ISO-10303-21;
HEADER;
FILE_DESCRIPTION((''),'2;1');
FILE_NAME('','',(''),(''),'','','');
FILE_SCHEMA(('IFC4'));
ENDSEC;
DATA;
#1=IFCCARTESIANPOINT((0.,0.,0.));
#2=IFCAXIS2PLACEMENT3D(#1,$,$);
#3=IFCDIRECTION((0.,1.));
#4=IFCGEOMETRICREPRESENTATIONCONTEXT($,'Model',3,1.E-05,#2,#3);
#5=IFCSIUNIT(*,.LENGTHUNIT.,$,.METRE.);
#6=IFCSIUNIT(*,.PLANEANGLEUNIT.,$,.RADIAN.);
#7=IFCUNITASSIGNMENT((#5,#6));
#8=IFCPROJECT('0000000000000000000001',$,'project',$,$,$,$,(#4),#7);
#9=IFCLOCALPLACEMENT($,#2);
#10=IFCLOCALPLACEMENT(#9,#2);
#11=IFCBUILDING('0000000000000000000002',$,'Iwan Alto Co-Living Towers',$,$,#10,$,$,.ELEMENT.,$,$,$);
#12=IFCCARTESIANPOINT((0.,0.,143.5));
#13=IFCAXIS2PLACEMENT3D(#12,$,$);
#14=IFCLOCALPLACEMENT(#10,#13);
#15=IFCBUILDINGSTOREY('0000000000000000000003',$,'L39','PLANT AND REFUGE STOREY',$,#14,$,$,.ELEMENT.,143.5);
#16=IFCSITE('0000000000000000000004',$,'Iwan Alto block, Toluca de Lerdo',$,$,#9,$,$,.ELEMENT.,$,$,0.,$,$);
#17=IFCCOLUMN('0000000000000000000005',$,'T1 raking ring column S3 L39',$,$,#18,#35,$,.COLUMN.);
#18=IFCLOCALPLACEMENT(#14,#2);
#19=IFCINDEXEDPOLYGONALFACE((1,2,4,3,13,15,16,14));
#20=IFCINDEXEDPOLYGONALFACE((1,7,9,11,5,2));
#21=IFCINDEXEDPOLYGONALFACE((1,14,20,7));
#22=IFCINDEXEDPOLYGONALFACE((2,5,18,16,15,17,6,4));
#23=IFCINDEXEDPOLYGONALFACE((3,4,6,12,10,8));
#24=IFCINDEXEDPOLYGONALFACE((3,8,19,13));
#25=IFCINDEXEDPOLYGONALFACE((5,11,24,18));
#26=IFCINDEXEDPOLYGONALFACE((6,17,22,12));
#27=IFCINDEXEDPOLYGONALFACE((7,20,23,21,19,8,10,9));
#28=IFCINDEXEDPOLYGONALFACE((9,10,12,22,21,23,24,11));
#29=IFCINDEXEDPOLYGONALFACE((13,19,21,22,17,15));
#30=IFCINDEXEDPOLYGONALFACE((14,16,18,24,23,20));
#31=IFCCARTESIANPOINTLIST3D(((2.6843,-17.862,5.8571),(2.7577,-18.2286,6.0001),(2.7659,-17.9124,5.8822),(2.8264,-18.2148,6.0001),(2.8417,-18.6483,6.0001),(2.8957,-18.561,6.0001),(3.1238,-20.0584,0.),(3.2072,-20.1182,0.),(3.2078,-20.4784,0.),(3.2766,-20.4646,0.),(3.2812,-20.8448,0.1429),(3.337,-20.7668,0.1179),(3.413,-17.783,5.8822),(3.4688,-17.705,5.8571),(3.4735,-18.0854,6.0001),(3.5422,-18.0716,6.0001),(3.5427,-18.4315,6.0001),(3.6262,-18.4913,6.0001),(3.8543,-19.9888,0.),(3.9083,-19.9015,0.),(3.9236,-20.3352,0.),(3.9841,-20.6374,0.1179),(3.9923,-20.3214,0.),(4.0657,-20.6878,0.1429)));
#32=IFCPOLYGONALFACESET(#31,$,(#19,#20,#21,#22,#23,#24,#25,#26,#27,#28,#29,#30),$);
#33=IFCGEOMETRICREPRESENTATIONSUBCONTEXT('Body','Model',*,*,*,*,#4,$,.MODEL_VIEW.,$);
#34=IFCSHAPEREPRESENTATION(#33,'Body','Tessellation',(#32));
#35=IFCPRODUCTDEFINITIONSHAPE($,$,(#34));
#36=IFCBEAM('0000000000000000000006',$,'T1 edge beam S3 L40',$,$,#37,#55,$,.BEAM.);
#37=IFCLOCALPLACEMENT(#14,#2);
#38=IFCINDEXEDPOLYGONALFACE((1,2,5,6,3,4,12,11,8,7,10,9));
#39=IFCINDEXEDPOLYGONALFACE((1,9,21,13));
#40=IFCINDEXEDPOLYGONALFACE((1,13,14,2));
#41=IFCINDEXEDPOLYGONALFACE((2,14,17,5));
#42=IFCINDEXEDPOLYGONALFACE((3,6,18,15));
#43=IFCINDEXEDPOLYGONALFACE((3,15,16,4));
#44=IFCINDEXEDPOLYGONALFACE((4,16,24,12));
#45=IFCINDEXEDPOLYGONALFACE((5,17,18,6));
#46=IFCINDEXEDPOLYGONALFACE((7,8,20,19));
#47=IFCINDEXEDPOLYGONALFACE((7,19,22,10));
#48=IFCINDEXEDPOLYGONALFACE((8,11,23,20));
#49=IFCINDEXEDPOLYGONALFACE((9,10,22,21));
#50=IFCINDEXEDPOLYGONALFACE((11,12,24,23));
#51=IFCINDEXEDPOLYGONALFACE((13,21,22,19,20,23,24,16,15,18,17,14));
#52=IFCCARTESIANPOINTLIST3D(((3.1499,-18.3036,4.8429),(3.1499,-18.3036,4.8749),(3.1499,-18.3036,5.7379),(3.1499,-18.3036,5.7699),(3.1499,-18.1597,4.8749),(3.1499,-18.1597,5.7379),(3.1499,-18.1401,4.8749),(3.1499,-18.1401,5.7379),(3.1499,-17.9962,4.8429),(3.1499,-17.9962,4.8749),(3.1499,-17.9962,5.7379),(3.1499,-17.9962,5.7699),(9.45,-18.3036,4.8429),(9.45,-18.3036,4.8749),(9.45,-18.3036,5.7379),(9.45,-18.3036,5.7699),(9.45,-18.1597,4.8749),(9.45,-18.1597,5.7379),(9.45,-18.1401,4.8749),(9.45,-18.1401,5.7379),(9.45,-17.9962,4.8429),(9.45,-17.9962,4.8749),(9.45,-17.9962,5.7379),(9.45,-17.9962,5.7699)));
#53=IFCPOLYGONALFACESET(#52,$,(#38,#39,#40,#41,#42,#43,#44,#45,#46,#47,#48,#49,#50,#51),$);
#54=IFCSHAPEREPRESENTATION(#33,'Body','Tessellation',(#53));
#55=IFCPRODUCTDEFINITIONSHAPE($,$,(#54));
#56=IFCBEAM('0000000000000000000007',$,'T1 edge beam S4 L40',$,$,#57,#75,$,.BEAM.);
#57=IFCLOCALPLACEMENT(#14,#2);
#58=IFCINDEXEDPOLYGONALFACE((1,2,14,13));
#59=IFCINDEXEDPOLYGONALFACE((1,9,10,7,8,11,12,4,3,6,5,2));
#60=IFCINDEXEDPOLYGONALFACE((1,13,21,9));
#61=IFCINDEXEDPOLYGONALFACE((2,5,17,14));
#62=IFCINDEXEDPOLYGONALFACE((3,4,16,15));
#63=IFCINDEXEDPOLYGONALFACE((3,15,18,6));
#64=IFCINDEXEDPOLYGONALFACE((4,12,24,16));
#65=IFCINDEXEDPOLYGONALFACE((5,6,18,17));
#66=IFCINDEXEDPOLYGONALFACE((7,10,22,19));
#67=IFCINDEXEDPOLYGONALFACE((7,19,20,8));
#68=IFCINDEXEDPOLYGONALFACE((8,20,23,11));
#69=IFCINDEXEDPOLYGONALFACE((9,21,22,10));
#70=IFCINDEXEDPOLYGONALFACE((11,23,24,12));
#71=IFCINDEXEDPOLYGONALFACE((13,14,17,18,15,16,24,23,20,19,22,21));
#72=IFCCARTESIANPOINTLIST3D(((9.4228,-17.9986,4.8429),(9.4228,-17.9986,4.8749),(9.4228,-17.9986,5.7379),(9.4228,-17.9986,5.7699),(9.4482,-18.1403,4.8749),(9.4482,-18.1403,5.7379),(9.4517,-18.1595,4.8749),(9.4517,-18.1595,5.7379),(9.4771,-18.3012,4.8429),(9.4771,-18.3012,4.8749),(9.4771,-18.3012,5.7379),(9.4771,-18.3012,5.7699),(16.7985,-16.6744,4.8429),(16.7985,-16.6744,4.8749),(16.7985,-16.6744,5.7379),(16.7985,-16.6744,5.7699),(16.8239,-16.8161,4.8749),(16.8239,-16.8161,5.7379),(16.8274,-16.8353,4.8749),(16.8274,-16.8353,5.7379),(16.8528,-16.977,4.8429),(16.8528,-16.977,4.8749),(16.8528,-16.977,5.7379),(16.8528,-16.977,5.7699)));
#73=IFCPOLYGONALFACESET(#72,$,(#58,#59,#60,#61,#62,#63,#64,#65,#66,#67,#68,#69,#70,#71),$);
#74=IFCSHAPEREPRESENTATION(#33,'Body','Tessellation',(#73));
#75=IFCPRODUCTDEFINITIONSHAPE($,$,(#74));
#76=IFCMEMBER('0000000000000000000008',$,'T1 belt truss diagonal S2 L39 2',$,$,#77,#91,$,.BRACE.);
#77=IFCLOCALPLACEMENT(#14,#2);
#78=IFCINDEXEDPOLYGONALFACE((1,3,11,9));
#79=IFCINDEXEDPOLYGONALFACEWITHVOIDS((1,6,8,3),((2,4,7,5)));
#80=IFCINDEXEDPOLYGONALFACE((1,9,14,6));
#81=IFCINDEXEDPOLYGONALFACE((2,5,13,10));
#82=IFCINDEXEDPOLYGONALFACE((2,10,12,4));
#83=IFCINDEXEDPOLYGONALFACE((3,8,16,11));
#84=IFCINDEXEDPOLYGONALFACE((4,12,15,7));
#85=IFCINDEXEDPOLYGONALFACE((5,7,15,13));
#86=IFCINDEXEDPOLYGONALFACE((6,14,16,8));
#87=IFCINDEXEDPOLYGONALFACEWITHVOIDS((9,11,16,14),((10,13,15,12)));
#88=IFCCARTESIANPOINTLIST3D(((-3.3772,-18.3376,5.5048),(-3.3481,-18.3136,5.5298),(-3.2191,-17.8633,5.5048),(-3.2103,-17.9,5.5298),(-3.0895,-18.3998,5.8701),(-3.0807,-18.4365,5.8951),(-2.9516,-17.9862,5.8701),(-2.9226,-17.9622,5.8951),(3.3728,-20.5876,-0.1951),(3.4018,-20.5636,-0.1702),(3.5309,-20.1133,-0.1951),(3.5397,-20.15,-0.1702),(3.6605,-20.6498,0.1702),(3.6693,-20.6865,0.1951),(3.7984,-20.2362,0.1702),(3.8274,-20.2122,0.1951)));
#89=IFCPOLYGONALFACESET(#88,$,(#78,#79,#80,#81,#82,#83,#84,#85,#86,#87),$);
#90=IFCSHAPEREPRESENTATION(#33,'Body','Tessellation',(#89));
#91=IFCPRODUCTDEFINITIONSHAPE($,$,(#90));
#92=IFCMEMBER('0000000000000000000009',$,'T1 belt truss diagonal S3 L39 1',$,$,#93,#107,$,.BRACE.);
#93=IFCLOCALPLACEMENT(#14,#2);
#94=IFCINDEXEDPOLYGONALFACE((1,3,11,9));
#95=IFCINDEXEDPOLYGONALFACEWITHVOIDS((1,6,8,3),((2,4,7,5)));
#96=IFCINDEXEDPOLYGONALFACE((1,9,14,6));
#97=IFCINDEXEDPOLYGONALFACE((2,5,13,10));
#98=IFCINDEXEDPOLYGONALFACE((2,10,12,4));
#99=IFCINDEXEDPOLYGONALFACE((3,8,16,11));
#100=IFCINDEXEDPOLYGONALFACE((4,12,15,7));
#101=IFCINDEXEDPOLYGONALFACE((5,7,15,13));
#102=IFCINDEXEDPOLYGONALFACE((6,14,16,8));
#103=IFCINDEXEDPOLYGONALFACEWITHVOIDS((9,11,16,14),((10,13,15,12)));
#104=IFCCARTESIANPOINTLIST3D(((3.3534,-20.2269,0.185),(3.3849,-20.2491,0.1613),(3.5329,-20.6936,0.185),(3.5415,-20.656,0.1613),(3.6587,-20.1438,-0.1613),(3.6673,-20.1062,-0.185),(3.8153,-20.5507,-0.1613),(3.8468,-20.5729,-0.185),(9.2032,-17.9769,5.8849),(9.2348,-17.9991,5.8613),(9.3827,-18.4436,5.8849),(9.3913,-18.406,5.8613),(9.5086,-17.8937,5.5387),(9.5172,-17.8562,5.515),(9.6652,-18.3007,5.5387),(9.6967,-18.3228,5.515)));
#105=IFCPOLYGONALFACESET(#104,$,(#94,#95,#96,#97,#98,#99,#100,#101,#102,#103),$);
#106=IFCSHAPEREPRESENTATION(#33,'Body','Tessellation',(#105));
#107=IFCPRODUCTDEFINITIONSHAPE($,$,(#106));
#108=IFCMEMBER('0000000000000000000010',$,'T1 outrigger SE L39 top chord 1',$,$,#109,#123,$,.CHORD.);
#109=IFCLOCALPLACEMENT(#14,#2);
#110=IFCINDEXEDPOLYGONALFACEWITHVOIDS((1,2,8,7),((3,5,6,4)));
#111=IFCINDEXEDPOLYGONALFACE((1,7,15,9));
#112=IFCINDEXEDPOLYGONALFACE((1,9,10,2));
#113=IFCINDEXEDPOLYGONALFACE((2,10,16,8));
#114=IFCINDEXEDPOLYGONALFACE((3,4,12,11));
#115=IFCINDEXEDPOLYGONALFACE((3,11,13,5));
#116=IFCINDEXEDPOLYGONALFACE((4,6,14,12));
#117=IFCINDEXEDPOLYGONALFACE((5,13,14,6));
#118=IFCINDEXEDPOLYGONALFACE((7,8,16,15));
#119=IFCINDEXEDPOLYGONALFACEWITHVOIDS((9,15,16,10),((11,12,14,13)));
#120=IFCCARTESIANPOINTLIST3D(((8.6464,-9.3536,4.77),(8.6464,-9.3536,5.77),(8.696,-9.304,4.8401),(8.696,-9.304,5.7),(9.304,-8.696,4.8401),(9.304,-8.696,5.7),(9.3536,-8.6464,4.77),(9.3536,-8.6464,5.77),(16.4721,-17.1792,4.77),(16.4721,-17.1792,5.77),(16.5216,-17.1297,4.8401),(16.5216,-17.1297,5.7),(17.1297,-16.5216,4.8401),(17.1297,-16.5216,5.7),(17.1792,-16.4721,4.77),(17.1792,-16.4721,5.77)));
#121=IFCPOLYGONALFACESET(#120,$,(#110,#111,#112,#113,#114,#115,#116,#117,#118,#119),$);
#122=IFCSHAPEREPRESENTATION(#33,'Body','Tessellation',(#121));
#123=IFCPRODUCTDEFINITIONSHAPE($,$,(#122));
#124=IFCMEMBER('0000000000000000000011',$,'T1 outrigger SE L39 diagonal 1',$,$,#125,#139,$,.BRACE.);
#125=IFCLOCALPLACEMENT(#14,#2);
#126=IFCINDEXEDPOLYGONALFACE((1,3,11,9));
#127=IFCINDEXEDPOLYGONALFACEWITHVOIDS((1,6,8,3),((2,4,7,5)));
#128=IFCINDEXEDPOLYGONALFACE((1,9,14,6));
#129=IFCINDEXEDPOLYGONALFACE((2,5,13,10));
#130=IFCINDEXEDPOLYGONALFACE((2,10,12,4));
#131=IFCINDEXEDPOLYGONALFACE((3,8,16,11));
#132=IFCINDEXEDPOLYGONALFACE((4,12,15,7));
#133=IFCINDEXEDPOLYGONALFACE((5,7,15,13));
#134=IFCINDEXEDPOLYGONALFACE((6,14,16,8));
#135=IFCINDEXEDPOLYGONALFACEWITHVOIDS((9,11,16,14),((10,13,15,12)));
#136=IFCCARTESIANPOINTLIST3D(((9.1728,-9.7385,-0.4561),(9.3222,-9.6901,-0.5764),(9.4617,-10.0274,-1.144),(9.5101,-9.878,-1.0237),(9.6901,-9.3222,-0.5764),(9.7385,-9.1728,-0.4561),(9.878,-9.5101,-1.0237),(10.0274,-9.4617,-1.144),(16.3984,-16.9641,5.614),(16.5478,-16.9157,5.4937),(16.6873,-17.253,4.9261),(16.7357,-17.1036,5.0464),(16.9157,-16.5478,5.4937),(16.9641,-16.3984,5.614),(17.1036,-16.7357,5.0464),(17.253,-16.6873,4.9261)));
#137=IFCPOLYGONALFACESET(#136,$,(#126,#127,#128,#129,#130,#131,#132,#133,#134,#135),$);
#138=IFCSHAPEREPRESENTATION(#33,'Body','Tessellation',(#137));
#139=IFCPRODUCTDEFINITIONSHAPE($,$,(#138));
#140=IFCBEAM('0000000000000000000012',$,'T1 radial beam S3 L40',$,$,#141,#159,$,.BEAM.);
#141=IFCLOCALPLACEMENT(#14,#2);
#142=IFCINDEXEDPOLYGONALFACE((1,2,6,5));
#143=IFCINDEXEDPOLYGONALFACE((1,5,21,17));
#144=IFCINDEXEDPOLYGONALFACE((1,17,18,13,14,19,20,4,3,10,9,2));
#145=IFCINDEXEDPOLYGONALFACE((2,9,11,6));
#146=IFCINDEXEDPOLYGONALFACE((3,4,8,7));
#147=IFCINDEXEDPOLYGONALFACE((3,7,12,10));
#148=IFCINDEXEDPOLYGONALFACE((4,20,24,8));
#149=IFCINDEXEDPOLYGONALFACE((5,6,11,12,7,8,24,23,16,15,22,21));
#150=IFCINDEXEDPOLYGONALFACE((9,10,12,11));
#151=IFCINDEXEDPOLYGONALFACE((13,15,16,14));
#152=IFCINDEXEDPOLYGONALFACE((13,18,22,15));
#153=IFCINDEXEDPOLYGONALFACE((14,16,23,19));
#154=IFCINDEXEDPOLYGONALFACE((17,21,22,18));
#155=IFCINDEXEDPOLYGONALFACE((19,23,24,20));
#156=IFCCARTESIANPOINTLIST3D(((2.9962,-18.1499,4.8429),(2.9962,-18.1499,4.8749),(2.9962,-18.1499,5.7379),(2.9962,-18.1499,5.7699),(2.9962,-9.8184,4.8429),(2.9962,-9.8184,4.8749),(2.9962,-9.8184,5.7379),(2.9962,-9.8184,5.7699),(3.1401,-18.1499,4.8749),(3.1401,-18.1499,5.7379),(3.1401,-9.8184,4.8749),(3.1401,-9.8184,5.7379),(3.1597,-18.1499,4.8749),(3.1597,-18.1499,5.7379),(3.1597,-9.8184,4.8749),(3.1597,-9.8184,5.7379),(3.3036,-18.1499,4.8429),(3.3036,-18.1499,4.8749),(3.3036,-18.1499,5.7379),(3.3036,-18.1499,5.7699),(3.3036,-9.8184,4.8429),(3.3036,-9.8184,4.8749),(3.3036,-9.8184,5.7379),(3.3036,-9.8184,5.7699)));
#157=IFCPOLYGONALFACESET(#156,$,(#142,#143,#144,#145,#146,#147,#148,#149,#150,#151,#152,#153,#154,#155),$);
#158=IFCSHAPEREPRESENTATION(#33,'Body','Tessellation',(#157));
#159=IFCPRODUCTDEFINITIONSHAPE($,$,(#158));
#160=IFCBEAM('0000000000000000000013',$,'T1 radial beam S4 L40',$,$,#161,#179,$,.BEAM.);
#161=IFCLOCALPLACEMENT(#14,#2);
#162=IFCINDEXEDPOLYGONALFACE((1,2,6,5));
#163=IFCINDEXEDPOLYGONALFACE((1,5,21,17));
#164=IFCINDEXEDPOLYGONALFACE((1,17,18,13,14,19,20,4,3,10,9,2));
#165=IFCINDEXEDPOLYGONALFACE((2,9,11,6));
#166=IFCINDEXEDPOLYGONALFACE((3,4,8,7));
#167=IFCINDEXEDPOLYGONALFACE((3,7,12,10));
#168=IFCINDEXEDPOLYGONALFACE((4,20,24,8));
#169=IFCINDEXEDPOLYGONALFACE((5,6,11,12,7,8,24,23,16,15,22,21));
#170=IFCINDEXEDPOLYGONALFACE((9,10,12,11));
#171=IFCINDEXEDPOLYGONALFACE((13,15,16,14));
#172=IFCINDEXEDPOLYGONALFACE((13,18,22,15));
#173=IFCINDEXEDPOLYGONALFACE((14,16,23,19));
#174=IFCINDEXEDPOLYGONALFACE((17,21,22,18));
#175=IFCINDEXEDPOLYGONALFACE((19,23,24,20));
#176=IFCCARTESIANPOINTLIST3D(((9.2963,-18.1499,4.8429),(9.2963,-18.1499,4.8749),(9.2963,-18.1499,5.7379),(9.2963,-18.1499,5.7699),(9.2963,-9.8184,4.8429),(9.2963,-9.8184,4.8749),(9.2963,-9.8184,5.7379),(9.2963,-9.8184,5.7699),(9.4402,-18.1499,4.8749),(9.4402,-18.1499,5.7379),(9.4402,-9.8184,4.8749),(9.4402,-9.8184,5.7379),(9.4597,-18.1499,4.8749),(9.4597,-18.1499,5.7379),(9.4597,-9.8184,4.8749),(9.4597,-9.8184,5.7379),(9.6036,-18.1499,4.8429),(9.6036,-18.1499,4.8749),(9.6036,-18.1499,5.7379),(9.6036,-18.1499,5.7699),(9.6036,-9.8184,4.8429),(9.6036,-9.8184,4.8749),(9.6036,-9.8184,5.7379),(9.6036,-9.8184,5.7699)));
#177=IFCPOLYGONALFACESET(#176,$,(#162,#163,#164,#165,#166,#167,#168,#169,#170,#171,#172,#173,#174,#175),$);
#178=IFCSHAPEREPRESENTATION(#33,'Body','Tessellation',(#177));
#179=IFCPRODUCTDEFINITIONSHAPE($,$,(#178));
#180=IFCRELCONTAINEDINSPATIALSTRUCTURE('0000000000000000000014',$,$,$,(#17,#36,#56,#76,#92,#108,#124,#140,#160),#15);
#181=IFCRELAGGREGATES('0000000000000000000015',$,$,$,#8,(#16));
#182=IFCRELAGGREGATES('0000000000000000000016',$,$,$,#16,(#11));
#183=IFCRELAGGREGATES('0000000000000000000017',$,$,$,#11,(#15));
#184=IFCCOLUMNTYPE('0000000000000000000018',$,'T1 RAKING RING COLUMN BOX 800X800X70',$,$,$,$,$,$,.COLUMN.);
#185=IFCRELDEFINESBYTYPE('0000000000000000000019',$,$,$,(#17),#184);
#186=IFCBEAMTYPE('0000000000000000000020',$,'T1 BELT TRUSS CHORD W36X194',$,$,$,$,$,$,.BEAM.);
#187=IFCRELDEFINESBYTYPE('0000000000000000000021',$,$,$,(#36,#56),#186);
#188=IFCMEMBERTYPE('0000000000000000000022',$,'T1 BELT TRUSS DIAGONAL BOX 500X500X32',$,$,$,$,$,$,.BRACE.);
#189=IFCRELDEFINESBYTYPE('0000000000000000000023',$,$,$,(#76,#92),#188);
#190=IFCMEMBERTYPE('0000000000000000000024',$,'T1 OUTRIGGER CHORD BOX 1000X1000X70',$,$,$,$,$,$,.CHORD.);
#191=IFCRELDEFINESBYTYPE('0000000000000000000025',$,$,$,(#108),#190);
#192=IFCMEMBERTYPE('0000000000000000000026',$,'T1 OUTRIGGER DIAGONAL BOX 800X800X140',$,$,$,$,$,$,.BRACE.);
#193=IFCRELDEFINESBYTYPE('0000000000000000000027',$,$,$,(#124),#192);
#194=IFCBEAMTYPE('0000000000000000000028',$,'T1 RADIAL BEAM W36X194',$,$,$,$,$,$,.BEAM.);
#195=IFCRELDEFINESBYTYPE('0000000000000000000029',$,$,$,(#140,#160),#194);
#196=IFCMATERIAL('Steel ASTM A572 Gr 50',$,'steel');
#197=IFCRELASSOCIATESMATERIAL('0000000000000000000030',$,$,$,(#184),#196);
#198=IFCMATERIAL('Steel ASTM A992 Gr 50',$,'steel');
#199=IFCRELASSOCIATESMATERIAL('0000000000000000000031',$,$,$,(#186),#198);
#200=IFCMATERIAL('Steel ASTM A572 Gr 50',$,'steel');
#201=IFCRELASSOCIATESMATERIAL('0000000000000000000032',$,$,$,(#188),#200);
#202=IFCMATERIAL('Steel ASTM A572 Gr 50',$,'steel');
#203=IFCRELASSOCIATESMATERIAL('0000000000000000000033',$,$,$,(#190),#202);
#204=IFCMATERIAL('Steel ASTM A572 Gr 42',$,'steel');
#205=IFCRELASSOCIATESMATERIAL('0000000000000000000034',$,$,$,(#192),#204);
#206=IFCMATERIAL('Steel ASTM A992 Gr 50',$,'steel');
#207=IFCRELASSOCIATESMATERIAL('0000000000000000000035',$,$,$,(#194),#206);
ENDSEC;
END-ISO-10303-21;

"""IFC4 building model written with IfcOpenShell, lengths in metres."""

from ifc_helpers import new_model, si_unit, direction, frame, origin, origin_2d, place, context, subcontext, project, spatial, hollow_rectangle, i_section, extrude, clip, halfspace, material, material_profile, profile_set, type_object, element, save


model = new_model("IFC4")

# Units and contexts
model_context = context("Model", 3, precision=1e-05, world=origin(), true_north=direction((0.0, 1.0)))
body_context = subcontext(model_context, "Body", "Model", "MODEL_VIEW")
ifc_project = project(units=[si_unit("LENGTHUNIT", "METRE"), si_unit("PLANEANGLEUNIT", "RADIAN")], contexts=[model_context])

# Site, building, storey
site_placement = place(None, origin())
site = spatial("IfcSite", under=ifc_project, at=site_placement, Name="Iwan Alto block, Toluca de Lerdo", CompositionType="ELEMENT", RefElevation=0.0)
building_placement = place(site_placement, origin())
building = spatial("IfcBuilding", under=site, at=building_placement, Name="Iwan Alto Co-Living Towers", CompositionType="ELEMENT")
storey_placement = place(building_placement, frame((0.0, 0.0, 143.5)))
storey = spatial("IfcBuildingStorey", under=building, at=storey_placement, Name="L39", Description="PLANT AND REFUGE STOREY", CompositionType="ELEMENT", Elevation=143.5)

# Column
ifc_material_1 = material(Name="Steel ASTM A572 Gr 50", Category="steel")
ifc_material_profile_1 = material_profile(ifc_material_1, hollow_rectangle(XDim=0.8, YDim=0.8, WallThickness=0.0701, at=origin_2d()), Name="BOX 800X800X70")
ifc_profile_set_1 = profile_set([ifc_material_profile_1], Name="Steel ASTM A572 Gr 50")
column_type = type_object("IfcColumnType", Name="T1 RAKING RING COLUMN BOX 800X800X70", PredefinedType="COLUMN", material=ifc_profile_set_1)
column_placement = place(storey_placement, frame((3.6001, -20.3999, 0.0), z_axis=(-0.070082, 0.35026, 0.934027), x_axis=(-0.980564, -0.196198, 0.0)))
element("IfcColumn", 1, at=column_placement, inside=storey, type_object=column_type, Name="T1 raking ring column S3 L39", PredefinedType="COLUMN", context=body_context, shape_type="Clipping", body=[
    clip(clip(extrude(hollow_rectangle(XDim=0.8, YDim=0.8, WallThickness=0.0701, at=origin_2d()), origin(), (0.0, 0.0, 1.0), 6.4238), halfspace(frame((0.0, 0.0, 0.0), z_axis=(0.0, -0.357203, -0.934027), x_axis=(-0.980564, 0.183254, -0.070082)), False)), halfspace(frame((0.0, 2.1433, 5.6042), z_axis=(0.0, 0.357203, 0.934027), x_axis=(-0.980564, 0.183254, -0.070082)), False)),
])

# Beams
ifc_material_2 = material(Name="Steel ASTM A992 Gr 50", Category="steel")
ifc_material_profile_2 = material_profile(ifc_material_2, i_section(OverallWidth=0.3074, OverallDepth=0.927, WebThickness=0.0195, FlangeThickness=0.032, at=origin_2d()), Name="W36X194")
ifc_profile_set_2 = profile_set([ifc_material_profile_2], Name="Steel ASTM A992 Gr 50")
beam_type_1 = type_object("IfcBeamType", Name="T1 BELT TRUSS CHORD W36X194", PredefinedType="BEAM", material=ifc_profile_set_2)
beam_1_placement = place(storey_placement, frame((3.1499, -18.1499, 5.3064), z_axis=(1.0, 0.0, 0.0), x_axis=(0.0, 1.0, 0.0)))
element("IfcBeam", 2, at=beam_1_placement, inside=storey, type_object=beam_type_1, Name="T1 edge beam S3 L40", PredefinedType="BEAM", context=body_context, shape_type="SweptSolid", body=[
    extrude(i_section(OverallWidth=0.3074, OverallDepth=0.927, WebThickness=0.0195, FlangeThickness=0.032, at=origin_2d()), origin(), (0.0, 0.0, 1.0), 6.3),
])
beam_2_placement = place(storey_placement, frame((9.45, -18.1499, 5.3064), z_axis=(0.984263, 0.176712, 0.0), x_axis=(-0.176712, 0.984263, 0.0)))
element("IfcBeam", 3, at=beam_2_placement, inside=storey, type_object=beam_type_1, Name="T1 edge beam S4 L40", PredefinedType="BEAM", context=body_context, shape_type="SweptSolid", body=[
    extrude(i_section(OverallWidth=0.3074, OverallDepth=0.927, WebThickness=0.0195, FlangeThickness=0.032, at=origin_2d()), origin(), (0.0, 0.0, 1.0), 7.4937),
])

# Members
ifc_material_3 = material(Name="Steel ASTM A572 Gr 50", Category="steel")
ifc_material_profile_3 = material_profile(ifc_material_3, hollow_rectangle(XDim=0.5, YDim=0.5, WallThickness=0.032, at=origin_2d()), Name="BOX 500X500X32")
ifc_profile_set_3 = profile_set([ifc_material_profile_3], Name="Steel ASTM A572 Gr 50")
member_type_1 = type_object("IfcMemberType", Name="T1 BELT TRUSS DIAGONAL BOX 500X500X32", PredefinedType="BRACE", material=ifc_profile_set_3)
member_1_placement = place(storey_placement, frame((3.6001, -20.3999, 0.0), z_axis=(-0.740398, 0.246799, 0.62522), x_axis=(-0.316228, -0.948683, 0.0)))
element("IfcMember", 4, at=member_1_placement, inside=storey, type_object=member_type_1, Name="T1 belt truss diagonal S2 L39 2", PredefinedType="BRACE", context=body_context, shape_type="SweptSolid", body=[
    extrude(hollow_rectangle(XDim=0.5, YDim=0.5, WallThickness=0.032, at=origin_2d()), origin(), (0.0, 0.0, 1.0), 9.1167),
])
member_2_placement = place(storey_placement, frame((3.6001, -20.3999, 0.0), z_axis=(0.690503, 0.265585, 0.672808), x_axis=(-0.358987, 0.933343, 0.0)))
element("IfcMember", 5, at=member_2_placement, inside=storey, type_object=member_type_1, Name="T1 belt truss diagonal S3 L39 1", PredefinedType="BRACE", context=body_context, shape_type="SweptSolid", body=[
    extrude(hollow_rectangle(XDim=0.5, YDim=0.5, WallThickness=0.032, at=origin_2d()), origin(), (0.0, 0.0, 1.0), 8.4719),
])
ifc_material_4 = material(Name="Steel ASTM A572 Gr 50", Category="steel")
ifc_material_profile_4 = material_profile(ifc_material_4, hollow_rectangle(XDim=1.0, YDim=1.0, WallThickness=0.0701, at=origin_2d()), Name="BOX 1000X1000X70")
ifc_profile_set_4 = profile_set([ifc_material_profile_4], Name="Steel ASTM A572 Gr 50")
member_type_2 = type_object("IfcMemberType", Name="T1 OUTRIGGER CHORD BOX 1000X1000X70", PredefinedType="CHORD", material=ifc_profile_set_4)
member_3_placement = place(storey_placement, frame((9.0, -9.0, 5.27), z_axis=(0.707107, -0.707107, 0.0), x_axis=(0.707107, 0.707107, 0.0)))
element("IfcMember", 6, at=member_3_placement, inside=storey, type_object=member_type_2, Name="T1 outrigger SE L39 top chord 1", PredefinedType="CHORD", context=body_context, shape_type="SweptSolid", body=[
    extrude(hollow_rectangle(XDim=1.0, YDim=1.0, WallThickness=0.0701, at=origin_2d()), origin(), (0.0, 0.0, 1.0), 11.0671),
])
ifc_material_5 = material(Name="Steel ASTM A572 Gr 42", Category="steel")
ifc_material_profile_5 = material_profile(ifc_material_5, hollow_rectangle(XDim=0.8, YDim=0.8, WallThickness=0.1399, at=origin_2d()), Name="BOX 800X800X140")
ifc_profile_set_5 = profile_set([ifc_material_profile_5], Name="Steel ASTM A572 Gr 42")
member_type_3 = type_object("IfcMemberType", Name="T1 OUTRIGGER DIAGONAL BOX 800X800X140", PredefinedType="BRACE", material=ifc_profile_set_5)
member_4_placement = place(storey_placement, frame((9.6001, -9.6001, -0.8), z_axis=(0.607935, -0.607935, 0.510714), x_axis=(0.707107, 0.707107, 0.0)))
element("IfcMember", 7, at=member_4_placement, inside=storey, type_object=member_type_3, Name="T1 outrigger SE L39 diagonal 1", PredefinedType="BRACE", context=body_context, shape_type="SweptSolid", body=[
    extrude(hollow_rectangle(XDim=0.8, YDim=0.8, WallThickness=0.1399, at=origin_2d()), origin(), (0.0, 0.0, 1.0), 11.8855),
])

# Beams
ifc_material_6 = material(Name="Steel ASTM A992 Gr 50", Category="steel")
ifc_material_profile_6 = material_profile(ifc_material_6, i_section(OverallWidth=0.3074, OverallDepth=0.927, WebThickness=0.0195, FlangeThickness=0.032, at=origin_2d()), Name="W36X194")
ifc_profile_set_6 = profile_set([ifc_material_profile_6], Name="Steel ASTM A992 Gr 50")
beam_type_2 = type_object("IfcBeamType", Name="T1 RADIAL BEAM W36X194", PredefinedType="BEAM", material=ifc_profile_set_6)
for number, where, z_axis, x_axis, name in (
    (8, (3.1499, -18.1499, 5.3064), (0.0, 1.0, 0.0), (-1.0, 0.0, 0.0), "T1 radial beam S3 L40"),
    (9, (9.45, -18.1499, 5.3064), (0.0, 1.0, 0.0), (-1.0, 0.0, 0.0), "T1 radial beam S4 L40"),
):
    element("IfcBeam", number, at=place(storey_placement, frame(where, z_axis=z_axis, x_axis=x_axis)), inside=storey, type_object=beam_type_2, Name=name, PredefinedType="BEAM", context=body_context, shape_type="SweptSolid", body=[
        extrude(i_section(OverallWidth=0.3074, OverallDepth=0.927, WebThickness=0.0195, FlangeThickness=0.032, at=origin_2d()), origin(), (0.0, 0.0, 1.0), 8.3315),
    ])

save(model, "model.ifc")
